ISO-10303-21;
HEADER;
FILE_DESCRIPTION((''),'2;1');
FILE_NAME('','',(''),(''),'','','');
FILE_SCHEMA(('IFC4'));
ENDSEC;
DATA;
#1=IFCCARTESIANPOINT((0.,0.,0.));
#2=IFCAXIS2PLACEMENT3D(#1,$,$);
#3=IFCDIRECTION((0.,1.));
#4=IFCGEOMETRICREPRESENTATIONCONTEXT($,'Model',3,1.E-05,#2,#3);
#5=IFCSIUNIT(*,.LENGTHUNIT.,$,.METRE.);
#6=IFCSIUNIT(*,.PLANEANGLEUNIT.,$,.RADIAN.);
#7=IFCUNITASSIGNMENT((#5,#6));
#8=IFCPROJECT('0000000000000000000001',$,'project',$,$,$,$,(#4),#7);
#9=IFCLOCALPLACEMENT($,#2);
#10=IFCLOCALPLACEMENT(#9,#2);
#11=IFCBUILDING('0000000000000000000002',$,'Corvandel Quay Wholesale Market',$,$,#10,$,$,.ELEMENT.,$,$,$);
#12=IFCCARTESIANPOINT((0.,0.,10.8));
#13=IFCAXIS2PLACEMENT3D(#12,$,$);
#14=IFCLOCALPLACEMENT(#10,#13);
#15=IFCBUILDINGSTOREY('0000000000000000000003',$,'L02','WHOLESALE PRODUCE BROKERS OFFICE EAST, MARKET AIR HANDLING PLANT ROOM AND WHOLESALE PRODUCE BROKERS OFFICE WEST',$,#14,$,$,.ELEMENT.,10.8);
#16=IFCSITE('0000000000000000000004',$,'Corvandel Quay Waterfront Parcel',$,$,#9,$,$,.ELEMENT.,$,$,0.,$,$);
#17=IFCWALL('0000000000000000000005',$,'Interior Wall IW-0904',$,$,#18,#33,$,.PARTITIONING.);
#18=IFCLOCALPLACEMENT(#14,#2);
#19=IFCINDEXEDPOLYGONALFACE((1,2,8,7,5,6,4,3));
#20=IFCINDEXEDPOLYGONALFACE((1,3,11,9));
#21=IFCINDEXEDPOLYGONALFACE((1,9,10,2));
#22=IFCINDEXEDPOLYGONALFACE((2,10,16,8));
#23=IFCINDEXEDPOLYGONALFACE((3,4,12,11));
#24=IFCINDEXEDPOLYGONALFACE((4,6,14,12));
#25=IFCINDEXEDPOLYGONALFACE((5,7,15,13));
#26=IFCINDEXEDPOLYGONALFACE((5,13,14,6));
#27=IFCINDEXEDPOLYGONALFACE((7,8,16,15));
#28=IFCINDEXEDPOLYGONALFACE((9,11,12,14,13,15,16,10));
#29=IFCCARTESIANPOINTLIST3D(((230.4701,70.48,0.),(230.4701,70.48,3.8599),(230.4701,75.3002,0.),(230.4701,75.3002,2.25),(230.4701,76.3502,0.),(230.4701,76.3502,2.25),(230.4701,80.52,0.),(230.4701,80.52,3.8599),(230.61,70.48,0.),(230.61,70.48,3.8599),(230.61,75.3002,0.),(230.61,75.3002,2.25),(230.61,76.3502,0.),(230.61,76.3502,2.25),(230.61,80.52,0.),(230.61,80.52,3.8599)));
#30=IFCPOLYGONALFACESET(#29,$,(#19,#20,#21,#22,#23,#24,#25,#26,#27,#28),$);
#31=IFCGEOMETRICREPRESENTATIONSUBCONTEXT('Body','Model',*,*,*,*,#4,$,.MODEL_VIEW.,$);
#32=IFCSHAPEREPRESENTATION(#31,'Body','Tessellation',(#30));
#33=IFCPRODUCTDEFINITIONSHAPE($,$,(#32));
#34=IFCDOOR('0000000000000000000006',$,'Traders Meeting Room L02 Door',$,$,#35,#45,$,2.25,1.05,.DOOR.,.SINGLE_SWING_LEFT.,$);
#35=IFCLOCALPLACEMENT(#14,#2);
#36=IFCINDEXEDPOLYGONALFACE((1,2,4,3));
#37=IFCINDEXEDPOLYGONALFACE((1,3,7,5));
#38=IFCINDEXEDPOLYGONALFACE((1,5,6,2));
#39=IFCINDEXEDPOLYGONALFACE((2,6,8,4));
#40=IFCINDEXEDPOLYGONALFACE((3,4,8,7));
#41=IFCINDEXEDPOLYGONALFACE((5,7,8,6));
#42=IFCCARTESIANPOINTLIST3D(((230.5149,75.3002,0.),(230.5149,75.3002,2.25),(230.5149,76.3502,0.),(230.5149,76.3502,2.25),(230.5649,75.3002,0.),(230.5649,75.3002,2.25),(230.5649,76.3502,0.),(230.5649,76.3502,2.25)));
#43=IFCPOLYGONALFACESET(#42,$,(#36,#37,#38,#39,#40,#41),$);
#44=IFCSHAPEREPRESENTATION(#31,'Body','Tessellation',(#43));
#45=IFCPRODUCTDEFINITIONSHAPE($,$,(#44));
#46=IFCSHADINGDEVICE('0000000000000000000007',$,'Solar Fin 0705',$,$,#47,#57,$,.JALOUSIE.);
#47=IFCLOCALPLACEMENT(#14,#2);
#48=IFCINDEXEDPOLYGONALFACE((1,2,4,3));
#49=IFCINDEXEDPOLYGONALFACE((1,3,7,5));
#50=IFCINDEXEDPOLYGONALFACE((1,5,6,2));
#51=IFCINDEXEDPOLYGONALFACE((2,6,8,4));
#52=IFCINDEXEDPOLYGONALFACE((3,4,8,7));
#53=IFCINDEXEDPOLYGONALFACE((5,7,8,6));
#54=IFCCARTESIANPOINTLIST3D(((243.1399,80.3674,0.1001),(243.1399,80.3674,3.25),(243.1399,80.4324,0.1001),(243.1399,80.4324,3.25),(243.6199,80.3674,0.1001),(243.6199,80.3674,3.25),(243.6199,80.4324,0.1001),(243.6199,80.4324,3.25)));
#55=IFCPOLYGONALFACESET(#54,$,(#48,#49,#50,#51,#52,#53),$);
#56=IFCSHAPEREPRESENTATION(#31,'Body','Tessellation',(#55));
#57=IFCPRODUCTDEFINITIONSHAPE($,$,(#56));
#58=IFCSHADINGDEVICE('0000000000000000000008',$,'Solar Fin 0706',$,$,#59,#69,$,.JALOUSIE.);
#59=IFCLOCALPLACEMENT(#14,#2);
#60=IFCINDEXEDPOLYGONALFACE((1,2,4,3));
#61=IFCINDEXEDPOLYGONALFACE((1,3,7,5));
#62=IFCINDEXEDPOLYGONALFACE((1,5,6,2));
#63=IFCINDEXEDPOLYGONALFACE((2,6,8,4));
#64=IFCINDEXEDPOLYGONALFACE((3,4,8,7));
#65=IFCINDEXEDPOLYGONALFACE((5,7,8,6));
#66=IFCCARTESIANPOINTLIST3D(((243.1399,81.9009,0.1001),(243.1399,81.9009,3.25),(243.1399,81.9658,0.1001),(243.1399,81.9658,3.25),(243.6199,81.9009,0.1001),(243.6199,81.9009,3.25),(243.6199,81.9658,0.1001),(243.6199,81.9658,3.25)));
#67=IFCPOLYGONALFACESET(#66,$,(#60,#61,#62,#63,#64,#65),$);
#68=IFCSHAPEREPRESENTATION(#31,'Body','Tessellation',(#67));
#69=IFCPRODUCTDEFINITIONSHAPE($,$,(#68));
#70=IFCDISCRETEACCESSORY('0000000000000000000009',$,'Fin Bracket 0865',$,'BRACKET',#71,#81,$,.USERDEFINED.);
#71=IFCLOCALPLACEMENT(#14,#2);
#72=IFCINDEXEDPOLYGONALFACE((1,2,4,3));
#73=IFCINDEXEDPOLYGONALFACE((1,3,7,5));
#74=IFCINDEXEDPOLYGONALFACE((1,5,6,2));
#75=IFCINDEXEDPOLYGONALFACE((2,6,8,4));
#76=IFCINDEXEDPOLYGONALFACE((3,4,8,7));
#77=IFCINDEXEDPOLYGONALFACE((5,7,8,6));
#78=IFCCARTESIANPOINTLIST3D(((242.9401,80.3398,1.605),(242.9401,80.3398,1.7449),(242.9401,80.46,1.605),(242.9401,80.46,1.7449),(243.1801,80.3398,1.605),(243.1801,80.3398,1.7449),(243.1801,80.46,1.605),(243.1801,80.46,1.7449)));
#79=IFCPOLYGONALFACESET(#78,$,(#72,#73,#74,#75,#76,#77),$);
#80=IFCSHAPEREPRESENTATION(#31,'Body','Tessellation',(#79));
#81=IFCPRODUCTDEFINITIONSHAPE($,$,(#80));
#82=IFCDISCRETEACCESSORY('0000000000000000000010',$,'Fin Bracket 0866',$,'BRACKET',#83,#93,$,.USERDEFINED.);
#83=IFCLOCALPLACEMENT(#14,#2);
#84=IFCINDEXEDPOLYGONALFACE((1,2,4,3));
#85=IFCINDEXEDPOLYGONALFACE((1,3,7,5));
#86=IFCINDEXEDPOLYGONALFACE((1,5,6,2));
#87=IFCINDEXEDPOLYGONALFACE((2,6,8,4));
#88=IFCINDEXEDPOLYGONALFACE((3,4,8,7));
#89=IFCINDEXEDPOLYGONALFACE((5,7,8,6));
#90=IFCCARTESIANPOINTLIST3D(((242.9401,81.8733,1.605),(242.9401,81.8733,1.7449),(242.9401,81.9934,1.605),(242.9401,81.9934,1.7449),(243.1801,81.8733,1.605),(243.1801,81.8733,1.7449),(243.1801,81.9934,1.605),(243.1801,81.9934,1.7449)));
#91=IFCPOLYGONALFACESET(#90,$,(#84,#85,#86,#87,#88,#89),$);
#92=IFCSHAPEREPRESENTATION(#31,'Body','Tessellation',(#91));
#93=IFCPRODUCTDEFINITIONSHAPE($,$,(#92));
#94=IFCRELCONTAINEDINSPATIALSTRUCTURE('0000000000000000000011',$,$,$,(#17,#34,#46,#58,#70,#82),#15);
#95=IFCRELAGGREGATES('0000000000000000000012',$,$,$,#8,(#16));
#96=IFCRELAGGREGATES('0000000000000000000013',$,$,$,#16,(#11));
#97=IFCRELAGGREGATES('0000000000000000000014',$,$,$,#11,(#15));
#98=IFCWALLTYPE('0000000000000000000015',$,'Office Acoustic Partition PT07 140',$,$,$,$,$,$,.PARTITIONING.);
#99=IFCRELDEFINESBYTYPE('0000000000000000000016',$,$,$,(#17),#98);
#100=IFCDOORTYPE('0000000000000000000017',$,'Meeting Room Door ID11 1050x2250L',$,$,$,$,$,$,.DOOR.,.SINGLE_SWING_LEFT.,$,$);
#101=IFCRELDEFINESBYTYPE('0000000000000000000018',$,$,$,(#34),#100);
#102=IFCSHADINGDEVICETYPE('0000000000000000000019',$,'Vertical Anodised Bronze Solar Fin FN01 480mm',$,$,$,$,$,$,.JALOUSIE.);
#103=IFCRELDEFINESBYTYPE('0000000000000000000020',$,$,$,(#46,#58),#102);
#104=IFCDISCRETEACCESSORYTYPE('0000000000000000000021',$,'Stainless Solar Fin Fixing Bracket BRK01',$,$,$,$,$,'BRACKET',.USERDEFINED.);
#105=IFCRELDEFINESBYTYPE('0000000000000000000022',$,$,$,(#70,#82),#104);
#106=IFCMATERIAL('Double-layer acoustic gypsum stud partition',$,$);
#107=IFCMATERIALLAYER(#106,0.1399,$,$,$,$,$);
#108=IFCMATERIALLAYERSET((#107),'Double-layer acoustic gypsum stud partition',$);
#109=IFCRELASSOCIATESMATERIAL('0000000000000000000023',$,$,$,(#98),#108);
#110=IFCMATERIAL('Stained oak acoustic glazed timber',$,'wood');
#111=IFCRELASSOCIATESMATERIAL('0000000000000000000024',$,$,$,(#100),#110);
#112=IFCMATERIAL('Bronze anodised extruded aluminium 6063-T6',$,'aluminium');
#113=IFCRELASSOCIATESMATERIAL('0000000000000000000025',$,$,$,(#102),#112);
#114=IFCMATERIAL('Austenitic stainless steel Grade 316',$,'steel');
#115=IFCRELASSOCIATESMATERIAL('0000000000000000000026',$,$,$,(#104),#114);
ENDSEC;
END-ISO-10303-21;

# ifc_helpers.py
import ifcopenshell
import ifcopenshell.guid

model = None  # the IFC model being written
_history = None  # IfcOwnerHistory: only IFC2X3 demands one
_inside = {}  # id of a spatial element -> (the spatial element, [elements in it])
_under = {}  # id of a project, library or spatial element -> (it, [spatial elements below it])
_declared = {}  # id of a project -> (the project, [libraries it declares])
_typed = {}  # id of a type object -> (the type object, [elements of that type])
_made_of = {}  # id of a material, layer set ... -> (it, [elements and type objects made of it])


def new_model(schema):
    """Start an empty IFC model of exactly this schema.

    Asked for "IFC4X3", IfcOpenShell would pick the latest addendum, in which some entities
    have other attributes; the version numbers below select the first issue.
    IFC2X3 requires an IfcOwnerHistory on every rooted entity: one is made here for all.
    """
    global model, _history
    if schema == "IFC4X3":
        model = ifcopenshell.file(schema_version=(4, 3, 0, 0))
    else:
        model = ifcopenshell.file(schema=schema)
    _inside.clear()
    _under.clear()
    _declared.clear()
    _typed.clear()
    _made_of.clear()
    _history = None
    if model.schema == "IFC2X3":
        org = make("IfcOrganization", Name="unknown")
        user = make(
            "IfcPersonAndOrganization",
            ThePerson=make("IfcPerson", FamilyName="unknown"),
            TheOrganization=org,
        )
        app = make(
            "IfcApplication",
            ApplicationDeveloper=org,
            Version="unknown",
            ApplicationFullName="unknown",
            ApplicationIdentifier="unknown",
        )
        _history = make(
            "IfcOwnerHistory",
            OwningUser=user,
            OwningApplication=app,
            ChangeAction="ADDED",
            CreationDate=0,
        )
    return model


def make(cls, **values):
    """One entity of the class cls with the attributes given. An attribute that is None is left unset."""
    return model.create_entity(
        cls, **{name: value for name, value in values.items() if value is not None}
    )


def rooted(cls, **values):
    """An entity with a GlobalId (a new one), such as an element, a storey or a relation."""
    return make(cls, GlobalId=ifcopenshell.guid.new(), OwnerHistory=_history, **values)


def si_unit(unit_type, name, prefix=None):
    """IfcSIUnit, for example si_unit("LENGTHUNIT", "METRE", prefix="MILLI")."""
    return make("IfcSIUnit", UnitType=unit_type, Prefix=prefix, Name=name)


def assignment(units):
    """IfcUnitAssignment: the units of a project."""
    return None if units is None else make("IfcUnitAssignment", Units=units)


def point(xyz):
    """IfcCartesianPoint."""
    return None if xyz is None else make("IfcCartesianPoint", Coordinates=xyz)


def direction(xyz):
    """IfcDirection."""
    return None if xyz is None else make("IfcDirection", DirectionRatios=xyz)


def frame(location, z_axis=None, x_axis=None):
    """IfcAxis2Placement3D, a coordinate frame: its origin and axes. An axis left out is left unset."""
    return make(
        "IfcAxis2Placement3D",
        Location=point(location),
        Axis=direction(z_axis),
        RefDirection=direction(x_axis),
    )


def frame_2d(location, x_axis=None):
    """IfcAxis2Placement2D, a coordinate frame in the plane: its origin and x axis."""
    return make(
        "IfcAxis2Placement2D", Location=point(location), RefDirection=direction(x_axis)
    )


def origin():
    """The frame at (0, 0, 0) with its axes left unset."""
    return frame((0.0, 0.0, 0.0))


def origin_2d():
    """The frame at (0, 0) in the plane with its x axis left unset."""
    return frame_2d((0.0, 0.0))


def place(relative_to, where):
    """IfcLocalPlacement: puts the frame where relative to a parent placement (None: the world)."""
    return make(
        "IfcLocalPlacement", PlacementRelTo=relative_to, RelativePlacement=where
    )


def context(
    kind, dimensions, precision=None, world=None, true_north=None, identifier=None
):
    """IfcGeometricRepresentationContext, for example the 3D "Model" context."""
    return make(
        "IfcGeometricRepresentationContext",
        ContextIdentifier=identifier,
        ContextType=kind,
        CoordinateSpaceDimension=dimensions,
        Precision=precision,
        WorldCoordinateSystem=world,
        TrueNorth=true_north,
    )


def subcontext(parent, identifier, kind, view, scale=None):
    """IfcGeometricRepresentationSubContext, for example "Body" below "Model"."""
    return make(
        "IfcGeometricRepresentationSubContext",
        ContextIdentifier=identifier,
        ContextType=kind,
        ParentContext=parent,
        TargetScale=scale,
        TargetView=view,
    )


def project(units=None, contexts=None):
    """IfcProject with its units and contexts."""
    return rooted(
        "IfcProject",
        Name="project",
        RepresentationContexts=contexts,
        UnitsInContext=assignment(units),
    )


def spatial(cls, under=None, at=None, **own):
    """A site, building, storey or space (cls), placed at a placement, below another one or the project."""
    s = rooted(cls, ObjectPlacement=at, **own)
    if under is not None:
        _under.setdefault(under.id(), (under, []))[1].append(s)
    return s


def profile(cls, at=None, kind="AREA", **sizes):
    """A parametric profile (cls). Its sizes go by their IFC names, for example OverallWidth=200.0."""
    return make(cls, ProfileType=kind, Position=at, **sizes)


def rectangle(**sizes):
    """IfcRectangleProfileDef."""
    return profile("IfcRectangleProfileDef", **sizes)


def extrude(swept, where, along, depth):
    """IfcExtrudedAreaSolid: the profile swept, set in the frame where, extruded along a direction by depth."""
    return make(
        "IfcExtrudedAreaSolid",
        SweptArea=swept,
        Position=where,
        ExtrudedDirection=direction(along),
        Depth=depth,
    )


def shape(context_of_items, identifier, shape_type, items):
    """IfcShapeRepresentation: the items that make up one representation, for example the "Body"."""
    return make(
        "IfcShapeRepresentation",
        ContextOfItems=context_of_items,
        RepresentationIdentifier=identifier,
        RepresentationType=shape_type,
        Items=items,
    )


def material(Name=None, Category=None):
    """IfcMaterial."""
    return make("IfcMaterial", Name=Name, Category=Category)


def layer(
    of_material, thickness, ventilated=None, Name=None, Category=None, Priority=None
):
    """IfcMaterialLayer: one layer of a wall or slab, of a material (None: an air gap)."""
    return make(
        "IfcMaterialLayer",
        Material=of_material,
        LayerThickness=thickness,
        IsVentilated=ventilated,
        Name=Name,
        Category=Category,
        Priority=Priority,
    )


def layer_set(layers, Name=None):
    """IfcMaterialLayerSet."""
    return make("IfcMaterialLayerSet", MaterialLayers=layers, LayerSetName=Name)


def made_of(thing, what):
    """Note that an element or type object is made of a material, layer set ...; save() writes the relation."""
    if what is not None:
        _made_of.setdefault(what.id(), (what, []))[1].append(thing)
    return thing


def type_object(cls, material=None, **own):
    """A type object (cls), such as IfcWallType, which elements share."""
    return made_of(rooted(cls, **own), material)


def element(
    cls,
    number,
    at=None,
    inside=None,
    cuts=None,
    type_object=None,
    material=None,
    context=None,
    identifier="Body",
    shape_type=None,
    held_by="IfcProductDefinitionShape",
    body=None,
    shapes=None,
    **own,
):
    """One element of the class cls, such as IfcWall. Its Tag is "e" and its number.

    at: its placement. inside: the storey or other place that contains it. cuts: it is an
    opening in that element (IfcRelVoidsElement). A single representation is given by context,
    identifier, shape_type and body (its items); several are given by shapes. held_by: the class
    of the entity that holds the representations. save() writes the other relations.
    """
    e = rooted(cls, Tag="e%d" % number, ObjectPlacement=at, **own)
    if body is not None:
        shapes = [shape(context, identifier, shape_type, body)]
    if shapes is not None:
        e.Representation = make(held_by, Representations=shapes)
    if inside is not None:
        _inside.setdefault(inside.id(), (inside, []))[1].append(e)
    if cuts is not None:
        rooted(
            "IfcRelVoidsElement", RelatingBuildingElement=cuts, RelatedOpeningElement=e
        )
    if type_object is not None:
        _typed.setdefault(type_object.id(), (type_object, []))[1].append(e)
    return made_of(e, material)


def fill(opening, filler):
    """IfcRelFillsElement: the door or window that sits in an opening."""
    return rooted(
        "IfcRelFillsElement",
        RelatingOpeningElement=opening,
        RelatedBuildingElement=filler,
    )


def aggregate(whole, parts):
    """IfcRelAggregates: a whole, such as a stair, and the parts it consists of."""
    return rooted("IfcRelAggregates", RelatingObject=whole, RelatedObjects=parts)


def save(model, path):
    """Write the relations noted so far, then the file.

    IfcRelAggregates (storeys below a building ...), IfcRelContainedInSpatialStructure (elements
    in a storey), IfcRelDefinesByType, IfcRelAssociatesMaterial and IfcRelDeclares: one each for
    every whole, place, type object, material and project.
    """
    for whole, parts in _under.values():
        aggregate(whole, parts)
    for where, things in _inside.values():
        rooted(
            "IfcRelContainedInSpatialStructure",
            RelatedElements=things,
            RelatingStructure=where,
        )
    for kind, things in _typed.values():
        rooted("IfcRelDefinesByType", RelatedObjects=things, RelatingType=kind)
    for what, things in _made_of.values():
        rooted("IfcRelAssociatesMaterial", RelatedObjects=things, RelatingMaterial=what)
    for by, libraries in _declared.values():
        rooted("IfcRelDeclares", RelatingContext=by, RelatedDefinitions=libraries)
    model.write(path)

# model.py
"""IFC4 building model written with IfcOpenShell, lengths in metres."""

from ifc_helpers import new_model, si_unit, direction, frame, frame_2d, origin, origin_2d, place, context, subcontext, project, spatial, rectangle, extrude, material, layer, layer_set, type_object, element, fill, save


model = new_model("IFC4")

# Units and contexts
model_context = context("Model", 3, precision=1e-05, world=origin(), true_north=direction((0.0, 1.0)))
body_context = subcontext(model_context, "Body", "Model", "MODEL_VIEW")
ifc_project = project(units=[si_unit("LENGTHUNIT", "METRE"), si_unit("PLANEANGLEUNIT", "RADIAN")], contexts=[model_context])

# Site, building, storey
site_placement = place(None, origin())
site = spatial("IfcSite", under=ifc_project, at=site_placement, Name="Corvandel Quay Waterfront Parcel", CompositionType="ELEMENT", RefElevation=0.0)
building_placement = place(site_placement, origin())
building = spatial("IfcBuilding", under=site, at=building_placement, Name="Corvandel Quay Wholesale Market", CompositionType="ELEMENT")
storey_placement = place(building_placement, frame((0.0, 0.0, 10.8)))
storey = spatial("IfcBuildingStorey", under=building, at=storey_placement, Name="L02", Description="WHOLESALE PRODUCE BROKERS OFFICE EAST, MARKET AIR HANDLING PLANT ROOM AND WHOLESALE PRODUCE BROKERS OFFICE WEST", CompositionType="ELEMENT", Elevation=10.8)

# Wall, opening, door
ifc_material_1 = material(Name="Double-layer acoustic gypsum stud partition")
ifc_layer_1 = layer(ifc_material_1, 0.1399)
ifc_layer_set_1 = layer_set([ifc_layer_1], Name="Double-layer acoustic gypsum stud partition")
wall_type = type_object("IfcWallType", Name="Office Acoustic Partition PT07 140", PredefinedType="PARTITIONING", material=ifc_layer_set_1)
wall_1_placement = place(storey_placement, frame((230.54, 80.52, 0.0), z_axis=(0.0, 0.0, 1.0), x_axis=(0.0, -1.0, 0.0)))
wall_1 = element("IfcWall", 1, at=wall_1_placement, inside=storey, type_object=wall_type, Name="Interior Wall IW-0904", PredefinedType="PARTITIONING", context=body_context, shape_type="SweptSolid", body=[
    extrude(rectangle(XDim=10.04, YDim=0.1399, at=frame_2d((5.02, 0.0))), origin(), (0.0, 0.0, 1.0), 3.8599),
])
opening_1_placement = place(wall_1_placement, frame((4.1699, 0.0, 0.0)))
opening_1 = element("IfcOpeningElement", 2, at=opening_1_placement, cuts=wall_1, PredefinedType="OPENING", context=body_context, shape_type="SweptSolid", body=[
    extrude(rectangle(XDim=1.05, YDim=2.25, at=frame_2d((0.5249, 1.125))), frame((0.0, 0.0798, 0.0), z_axis=(0.0, -1.0, 0.0), x_axis=(1.0, 0.0, 0.0)), (0.0, 0.0, 1.0), 0.1599),
])
ifc_material_2 = material(Name="Stained oak acoustic glazed timber", Category="wood")
door_type_1 = type_object("IfcDoorType", Name="Meeting Room Door ID11 1050x2250L", OperationType="SINGLE_SWING_LEFT", PredefinedType="DOOR", material=ifc_material_2)
door_1_placement = place(opening_1_placement, origin())
door_1 = element("IfcDoor", 3, at=door_1_placement, inside=storey, type_object=door_type_1, Name="Traders Meeting Room L02 Door", OperationType="SINGLE_SWING_LEFT", OverallHeight=2.25, OverallWidth=1.05, PredefinedType="DOOR", context=body_context, shape_type="SweptSolid", body=[
    extrude(rectangle(XDim=1.05, YDim=2.25, at=frame_2d((0.5249, 1.125))), frame((0.0, 0.0249, 0.0), z_axis=(0.0, -1.0, 0.0), x_axis=(1.0, 0.0, 0.0)), (0.0, 0.0, 1.0), 0.05),
])
fill(opening_1, door_1)

# Shading devices
ifc_material_3 = material(Name="Bronze anodised extruded aluminium 6063-T6", Category="aluminium")
shading_device_type = type_object("IfcShadingDeviceType", Name="Vertical Anodised Bronze Solar Fin FN01 480mm", PredefinedType="JALOUSIE", material=ifc_material_3)
for number, where, z_axis, x_axis, name in (
    (4, (243.3799, 80.3999, 0.1001), (0.0, 0.0, 1.0), (1.0, 0.0, 0.0), "Solar Fin 0705"),
    (5, (243.3799, 81.9333, 0.1001), (0.0, 0.0, 1.0), (1.0, 0.0, 0.0), "Solar Fin 0706"),
):
    element("IfcShadingDevice", number, at=place(storey_placement, frame(where, z_axis=z_axis, x_axis=x_axis)), inside=storey, type_object=shading_device_type, Name=name, PredefinedType="JALOUSIE", context=body_context, shape_type="SweptSolid", body=[
        extrude(rectangle(XDim=0.48, YDim=0.0649, at=origin_2d()), origin(), (0.0, 0.0, 1.0), 3.1499),
    ])

# Discrete accessories
ifc_material_4 = material(Name="Austenitic stainless steel Grade 316", Category="steel")
discrete_accessory_type = type_object("IfcDiscreteAccessoryType", Name="Stainless Solar Fin Fixing Bracket BRK01", ElementType="BRACKET", PredefinedType="USERDEFINED", material=ifc_material_4)
for number, where, z_axis, x_axis, name in (
    (6, (243.0601, 80.3999, 1.605), (0.0, 0.0, 1.0), (1.0, 0.0, 0.0), "Fin Bracket 0865"),
    (7, (243.0601, 81.9333, 1.605), (0.0, 0.0, 1.0), (1.0, 0.0, 0.0), "Fin Bracket 0866"),
):
    element("IfcDiscreteAccessory", number, at=place(storey_placement, frame(where, z_axis=z_axis, x_axis=x_axis)), inside=storey, type_object=discrete_accessory_type, Name=name, ObjectType="BRACKET", PredefinedType="USERDEFINED", context=body_context, shape_type="SweptSolid", body=[
        extrude(rectangle(XDim=0.24, YDim=0.1201, at=origin_2d()), origin(), (0.0, 0.0, 1.0), 0.1399),
    ])

save(model, "model.ifc")
